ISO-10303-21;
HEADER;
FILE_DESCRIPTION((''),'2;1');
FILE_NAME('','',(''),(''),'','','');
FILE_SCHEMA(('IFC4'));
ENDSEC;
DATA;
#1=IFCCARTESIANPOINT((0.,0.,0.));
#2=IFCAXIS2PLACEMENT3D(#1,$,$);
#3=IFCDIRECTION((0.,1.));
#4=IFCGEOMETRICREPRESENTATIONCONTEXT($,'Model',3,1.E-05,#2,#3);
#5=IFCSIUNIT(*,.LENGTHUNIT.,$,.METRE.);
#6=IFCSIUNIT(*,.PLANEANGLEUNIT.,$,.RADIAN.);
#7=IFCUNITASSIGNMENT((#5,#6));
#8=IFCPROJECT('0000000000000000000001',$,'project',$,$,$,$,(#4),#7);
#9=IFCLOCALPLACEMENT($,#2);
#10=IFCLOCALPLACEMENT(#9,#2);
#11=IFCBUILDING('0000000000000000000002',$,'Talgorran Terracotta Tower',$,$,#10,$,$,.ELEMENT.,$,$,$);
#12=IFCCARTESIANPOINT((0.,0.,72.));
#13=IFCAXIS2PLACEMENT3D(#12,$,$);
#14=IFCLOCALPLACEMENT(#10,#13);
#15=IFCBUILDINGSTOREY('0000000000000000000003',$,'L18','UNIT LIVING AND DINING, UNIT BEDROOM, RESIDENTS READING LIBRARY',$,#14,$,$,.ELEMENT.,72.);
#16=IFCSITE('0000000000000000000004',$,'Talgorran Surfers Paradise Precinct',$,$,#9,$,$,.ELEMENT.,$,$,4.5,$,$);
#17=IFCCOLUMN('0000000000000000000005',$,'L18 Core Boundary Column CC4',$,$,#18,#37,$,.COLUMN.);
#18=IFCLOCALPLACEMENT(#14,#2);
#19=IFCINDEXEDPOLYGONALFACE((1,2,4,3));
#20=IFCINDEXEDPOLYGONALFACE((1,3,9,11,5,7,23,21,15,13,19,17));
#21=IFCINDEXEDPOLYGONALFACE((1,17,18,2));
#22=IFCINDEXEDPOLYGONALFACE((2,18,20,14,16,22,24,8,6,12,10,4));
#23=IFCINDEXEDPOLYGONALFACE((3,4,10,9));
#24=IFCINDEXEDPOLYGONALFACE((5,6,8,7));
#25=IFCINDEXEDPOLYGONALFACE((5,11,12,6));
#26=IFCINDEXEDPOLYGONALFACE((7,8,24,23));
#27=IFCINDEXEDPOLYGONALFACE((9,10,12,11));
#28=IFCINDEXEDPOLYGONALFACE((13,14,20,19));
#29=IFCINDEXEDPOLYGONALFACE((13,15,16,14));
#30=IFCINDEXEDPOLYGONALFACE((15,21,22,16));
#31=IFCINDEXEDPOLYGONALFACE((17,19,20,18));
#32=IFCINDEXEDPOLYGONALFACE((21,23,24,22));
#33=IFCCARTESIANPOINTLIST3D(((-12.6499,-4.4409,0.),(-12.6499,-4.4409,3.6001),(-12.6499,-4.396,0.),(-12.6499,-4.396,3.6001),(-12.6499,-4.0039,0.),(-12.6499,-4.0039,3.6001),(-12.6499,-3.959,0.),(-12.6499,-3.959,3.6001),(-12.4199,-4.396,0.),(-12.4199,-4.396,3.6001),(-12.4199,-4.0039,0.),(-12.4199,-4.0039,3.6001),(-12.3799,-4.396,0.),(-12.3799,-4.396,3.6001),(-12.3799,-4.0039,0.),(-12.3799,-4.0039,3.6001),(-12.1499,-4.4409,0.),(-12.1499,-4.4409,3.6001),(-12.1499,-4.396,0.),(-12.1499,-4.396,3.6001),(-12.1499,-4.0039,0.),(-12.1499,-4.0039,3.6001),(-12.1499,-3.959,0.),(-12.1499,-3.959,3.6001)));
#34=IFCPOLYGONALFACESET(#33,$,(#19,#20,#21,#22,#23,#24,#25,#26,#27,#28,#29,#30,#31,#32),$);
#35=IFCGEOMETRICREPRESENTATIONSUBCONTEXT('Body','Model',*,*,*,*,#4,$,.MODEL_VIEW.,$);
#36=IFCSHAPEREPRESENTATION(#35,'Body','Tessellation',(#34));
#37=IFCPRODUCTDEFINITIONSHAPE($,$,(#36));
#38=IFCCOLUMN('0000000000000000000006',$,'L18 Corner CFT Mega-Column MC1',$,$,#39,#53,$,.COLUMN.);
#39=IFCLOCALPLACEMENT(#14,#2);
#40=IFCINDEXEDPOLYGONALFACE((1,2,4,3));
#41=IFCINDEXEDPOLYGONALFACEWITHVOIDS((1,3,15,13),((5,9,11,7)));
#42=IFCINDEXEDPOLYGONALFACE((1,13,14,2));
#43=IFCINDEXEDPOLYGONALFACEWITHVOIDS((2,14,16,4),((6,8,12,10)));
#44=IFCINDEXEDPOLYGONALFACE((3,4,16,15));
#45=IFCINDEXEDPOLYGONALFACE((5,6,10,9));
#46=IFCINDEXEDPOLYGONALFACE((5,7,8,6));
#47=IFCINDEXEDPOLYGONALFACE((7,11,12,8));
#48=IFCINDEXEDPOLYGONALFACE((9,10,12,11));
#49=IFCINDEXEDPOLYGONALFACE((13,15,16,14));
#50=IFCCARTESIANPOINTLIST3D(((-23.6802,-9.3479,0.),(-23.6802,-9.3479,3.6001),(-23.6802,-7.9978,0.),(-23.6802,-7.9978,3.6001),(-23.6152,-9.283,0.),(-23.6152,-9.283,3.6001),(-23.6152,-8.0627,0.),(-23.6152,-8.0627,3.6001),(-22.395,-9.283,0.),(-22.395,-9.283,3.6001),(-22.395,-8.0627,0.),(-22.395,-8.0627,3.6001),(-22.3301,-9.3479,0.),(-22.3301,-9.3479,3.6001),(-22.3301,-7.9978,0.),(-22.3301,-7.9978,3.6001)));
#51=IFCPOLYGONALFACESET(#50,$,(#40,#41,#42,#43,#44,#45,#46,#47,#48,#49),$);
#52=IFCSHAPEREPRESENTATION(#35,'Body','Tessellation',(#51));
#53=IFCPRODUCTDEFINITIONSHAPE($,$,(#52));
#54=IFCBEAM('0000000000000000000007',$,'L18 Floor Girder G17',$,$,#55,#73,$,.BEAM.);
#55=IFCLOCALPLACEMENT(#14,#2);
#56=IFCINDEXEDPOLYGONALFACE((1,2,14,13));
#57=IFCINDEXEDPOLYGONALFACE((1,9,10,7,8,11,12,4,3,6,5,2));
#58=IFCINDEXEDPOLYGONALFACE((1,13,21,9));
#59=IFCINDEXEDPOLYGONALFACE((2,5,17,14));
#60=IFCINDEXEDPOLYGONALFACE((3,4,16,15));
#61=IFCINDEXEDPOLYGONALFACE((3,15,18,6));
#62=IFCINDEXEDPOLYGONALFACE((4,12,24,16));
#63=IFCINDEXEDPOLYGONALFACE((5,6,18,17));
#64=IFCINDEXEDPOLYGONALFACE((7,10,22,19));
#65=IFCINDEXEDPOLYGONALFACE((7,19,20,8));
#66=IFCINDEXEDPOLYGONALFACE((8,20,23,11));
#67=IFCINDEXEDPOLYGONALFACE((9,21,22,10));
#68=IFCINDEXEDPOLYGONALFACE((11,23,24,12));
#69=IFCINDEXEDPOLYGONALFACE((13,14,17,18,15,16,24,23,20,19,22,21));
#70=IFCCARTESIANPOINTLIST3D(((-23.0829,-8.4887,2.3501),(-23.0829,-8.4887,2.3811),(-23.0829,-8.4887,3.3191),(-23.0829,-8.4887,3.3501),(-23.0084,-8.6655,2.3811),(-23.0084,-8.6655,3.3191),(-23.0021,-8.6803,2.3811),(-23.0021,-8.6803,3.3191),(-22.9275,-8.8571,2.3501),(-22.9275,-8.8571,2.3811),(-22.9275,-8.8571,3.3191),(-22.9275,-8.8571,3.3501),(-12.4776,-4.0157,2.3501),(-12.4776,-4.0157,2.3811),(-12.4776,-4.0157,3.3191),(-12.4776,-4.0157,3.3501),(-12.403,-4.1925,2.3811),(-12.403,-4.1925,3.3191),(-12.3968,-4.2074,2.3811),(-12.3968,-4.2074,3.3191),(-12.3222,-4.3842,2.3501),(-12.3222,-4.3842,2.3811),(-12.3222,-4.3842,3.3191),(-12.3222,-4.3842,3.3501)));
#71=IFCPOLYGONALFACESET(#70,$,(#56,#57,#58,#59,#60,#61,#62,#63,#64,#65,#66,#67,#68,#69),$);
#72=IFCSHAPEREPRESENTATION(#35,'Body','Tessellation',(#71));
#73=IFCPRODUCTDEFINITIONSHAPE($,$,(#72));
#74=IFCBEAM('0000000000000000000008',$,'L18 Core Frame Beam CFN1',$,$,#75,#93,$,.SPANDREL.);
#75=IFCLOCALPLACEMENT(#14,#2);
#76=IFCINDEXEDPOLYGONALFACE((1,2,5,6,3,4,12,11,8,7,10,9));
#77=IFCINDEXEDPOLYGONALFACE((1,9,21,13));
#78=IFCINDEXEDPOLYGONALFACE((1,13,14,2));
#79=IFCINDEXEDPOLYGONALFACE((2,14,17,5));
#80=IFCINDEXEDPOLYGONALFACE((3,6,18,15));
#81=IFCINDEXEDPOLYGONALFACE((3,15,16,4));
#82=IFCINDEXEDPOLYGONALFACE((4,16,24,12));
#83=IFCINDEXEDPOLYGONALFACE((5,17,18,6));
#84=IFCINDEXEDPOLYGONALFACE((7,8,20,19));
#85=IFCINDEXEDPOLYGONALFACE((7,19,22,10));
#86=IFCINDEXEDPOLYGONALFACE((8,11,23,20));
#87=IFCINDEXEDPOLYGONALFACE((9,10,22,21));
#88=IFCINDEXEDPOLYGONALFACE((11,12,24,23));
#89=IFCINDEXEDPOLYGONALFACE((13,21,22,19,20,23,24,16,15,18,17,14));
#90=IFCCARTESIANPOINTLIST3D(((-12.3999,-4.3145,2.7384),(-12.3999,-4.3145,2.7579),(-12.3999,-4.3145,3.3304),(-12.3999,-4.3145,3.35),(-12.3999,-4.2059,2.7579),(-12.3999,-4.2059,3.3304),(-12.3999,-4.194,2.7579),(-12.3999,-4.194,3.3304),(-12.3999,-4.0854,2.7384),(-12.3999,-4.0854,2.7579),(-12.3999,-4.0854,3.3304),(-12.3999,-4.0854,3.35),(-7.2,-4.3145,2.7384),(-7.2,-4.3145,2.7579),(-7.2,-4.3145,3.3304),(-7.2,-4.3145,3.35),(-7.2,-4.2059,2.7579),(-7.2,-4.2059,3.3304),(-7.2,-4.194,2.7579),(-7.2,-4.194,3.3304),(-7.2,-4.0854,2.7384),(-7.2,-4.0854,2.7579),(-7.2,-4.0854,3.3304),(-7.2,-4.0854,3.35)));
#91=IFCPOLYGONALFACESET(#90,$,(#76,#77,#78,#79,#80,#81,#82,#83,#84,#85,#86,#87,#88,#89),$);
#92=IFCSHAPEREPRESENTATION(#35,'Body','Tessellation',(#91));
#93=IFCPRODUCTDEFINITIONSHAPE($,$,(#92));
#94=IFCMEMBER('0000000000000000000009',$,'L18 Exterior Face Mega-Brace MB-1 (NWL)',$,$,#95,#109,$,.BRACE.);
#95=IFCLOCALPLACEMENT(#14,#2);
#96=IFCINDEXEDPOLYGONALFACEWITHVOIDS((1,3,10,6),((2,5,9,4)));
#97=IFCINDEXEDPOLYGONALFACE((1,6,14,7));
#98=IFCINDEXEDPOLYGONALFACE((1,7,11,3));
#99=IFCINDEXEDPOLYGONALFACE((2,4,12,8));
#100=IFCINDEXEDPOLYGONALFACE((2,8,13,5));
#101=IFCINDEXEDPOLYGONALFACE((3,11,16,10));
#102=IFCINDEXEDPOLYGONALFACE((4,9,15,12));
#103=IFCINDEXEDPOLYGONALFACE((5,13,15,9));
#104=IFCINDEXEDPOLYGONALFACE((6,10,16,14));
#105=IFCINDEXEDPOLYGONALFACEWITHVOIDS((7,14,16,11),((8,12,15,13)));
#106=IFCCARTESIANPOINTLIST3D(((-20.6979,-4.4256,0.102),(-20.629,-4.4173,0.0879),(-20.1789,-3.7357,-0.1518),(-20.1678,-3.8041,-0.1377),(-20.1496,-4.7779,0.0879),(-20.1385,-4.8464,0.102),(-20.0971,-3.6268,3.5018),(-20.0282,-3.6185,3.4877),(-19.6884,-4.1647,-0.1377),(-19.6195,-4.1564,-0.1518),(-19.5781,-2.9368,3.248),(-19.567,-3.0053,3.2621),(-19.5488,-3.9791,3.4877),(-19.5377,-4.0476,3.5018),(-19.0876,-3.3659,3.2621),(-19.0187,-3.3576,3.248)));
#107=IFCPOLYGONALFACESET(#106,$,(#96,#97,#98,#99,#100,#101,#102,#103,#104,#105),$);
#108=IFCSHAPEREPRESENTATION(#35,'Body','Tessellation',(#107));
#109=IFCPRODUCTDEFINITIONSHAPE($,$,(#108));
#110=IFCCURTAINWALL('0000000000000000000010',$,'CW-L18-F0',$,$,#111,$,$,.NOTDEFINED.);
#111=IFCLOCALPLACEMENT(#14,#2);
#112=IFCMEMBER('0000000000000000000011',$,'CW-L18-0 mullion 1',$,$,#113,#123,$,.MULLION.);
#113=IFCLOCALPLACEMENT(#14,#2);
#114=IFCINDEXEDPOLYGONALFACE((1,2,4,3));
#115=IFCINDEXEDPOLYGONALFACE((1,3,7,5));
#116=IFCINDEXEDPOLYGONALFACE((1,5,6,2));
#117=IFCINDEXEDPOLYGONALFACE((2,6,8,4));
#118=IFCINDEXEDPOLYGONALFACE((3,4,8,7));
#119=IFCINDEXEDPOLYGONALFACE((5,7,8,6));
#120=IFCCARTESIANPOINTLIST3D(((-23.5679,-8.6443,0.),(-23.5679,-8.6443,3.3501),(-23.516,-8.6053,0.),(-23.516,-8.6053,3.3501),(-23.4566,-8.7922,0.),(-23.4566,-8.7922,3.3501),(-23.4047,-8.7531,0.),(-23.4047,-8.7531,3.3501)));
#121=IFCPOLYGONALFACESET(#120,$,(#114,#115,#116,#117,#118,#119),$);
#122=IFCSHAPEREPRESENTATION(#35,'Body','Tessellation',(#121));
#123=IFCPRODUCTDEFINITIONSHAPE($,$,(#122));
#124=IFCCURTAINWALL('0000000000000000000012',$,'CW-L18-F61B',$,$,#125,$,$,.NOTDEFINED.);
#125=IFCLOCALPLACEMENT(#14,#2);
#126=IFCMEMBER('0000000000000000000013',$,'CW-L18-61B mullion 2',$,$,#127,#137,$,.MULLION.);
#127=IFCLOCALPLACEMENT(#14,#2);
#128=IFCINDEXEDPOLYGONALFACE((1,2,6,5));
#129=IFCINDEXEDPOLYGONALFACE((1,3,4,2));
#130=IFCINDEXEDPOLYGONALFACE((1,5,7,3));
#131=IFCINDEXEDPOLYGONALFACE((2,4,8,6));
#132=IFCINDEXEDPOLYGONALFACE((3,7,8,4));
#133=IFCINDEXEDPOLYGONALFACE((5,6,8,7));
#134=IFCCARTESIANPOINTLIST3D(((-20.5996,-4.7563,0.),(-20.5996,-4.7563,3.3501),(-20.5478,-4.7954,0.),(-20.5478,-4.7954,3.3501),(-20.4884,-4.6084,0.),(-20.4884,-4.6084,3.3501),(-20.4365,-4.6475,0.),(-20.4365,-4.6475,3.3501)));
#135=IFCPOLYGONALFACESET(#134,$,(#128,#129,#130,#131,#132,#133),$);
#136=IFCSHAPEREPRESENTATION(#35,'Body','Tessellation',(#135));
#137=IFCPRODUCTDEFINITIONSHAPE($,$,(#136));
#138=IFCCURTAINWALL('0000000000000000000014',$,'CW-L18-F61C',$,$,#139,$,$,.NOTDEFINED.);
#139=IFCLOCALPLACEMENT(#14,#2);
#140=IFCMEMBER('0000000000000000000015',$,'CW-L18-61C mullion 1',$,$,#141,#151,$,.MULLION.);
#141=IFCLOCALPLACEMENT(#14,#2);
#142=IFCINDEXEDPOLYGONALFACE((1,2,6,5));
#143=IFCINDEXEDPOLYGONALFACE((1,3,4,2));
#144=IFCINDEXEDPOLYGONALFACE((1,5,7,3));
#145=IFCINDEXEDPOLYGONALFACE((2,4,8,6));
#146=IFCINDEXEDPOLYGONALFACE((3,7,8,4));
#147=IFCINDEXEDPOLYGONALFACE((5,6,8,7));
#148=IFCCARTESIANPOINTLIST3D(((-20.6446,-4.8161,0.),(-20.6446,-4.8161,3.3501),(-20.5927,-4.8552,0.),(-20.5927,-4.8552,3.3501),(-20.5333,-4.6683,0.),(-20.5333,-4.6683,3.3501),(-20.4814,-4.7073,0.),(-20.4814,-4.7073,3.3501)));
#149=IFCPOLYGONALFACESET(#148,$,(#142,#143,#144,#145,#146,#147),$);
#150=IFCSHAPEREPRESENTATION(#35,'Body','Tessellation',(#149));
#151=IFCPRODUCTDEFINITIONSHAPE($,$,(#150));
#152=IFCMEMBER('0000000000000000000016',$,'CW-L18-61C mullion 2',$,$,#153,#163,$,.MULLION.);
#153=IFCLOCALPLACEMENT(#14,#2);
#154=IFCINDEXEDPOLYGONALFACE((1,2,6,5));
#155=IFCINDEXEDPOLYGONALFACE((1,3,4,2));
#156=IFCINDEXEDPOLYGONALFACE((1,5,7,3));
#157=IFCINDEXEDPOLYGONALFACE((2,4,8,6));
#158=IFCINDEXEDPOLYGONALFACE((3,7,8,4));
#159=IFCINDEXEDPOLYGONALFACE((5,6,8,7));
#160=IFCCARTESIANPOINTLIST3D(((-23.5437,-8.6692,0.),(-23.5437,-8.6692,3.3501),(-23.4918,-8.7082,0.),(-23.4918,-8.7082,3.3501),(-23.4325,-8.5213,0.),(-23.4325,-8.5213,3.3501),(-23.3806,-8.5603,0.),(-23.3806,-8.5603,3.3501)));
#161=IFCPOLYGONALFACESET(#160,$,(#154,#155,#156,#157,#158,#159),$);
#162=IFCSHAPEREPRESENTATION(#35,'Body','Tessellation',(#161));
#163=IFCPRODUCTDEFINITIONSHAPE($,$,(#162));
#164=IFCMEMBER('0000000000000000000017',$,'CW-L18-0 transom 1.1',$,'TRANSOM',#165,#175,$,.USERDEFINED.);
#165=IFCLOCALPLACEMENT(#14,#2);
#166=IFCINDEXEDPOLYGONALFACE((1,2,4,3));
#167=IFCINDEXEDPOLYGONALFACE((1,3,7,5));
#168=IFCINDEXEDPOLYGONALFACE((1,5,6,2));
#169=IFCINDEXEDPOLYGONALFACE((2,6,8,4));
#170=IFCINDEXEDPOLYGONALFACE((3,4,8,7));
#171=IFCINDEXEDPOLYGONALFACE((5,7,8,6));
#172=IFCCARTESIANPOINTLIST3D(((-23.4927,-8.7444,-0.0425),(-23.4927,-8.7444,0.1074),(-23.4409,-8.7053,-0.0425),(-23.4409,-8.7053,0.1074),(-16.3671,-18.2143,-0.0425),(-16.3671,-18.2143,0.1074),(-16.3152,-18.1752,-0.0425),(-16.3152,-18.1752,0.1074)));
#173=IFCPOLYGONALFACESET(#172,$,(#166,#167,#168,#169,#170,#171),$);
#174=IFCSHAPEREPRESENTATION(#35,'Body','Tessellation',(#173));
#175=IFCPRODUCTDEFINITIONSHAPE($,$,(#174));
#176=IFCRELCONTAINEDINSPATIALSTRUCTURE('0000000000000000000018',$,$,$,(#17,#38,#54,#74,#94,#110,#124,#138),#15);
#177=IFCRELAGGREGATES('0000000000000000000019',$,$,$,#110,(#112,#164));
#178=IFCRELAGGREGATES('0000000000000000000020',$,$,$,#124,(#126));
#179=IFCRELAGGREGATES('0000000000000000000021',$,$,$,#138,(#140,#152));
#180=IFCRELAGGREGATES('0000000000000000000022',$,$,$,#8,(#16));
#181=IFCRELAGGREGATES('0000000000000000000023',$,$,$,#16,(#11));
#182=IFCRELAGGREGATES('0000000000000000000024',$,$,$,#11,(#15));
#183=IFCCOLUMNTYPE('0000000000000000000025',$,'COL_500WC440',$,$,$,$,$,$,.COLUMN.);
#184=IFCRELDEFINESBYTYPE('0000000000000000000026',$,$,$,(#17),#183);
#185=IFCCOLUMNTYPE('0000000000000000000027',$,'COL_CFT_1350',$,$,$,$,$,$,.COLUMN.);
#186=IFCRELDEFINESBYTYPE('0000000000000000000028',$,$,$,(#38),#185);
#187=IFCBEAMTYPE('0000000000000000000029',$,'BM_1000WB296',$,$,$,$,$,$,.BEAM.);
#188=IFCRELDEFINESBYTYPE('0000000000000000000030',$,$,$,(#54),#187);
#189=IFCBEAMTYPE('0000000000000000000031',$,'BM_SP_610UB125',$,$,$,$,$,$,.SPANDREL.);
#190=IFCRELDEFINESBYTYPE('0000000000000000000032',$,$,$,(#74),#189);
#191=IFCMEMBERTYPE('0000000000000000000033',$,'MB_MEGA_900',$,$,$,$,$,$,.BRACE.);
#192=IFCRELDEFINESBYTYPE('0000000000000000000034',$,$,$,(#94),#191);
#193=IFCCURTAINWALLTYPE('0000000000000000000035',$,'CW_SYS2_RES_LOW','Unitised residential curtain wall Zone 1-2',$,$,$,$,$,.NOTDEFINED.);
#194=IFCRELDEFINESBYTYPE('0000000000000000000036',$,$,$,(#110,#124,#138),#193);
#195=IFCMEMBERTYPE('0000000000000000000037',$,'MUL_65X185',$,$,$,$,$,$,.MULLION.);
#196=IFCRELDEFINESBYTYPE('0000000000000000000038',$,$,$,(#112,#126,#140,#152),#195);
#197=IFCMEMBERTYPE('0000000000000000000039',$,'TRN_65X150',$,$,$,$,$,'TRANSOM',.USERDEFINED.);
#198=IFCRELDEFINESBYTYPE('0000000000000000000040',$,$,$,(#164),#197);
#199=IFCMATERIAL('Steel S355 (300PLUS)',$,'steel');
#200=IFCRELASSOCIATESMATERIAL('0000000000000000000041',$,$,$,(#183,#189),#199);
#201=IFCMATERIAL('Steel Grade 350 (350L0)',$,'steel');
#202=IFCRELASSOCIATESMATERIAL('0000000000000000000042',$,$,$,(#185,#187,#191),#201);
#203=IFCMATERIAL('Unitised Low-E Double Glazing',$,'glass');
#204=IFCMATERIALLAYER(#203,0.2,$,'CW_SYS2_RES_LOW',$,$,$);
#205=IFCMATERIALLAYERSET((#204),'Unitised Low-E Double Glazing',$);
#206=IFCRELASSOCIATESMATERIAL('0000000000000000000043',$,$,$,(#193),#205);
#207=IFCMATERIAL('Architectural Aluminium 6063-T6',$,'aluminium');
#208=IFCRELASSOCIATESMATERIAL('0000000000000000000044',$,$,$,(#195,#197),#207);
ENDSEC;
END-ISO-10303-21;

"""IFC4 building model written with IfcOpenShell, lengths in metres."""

from ifc_helpers import new_model, si_unit, direction, frame, origin, origin_2d, place, context, subcontext, project, spatial, rectangle, hollow_rectangle, i_section, extrude, material, layer, layer_set, material_profile, profile_set, type_object, element, aggregate, save


model = new_model("IFC4")

# Units and contexts
model_context = context("Model", 3, precision=1e-05, world=origin(), true_north=direction((0.0, 1.0)))
body_context = subcontext(model_context, "Body", "Model", "MODEL_VIEW")
ifc_project = project(units=[si_unit("LENGTHUNIT", "METRE"), si_unit("PLANEANGLEUNIT", "RADIAN")], contexts=[model_context])

# Site, building, storey
site_placement = place(None, origin())
site = spatial("IfcSite", under=ifc_project, at=site_placement, Name="Talgorran Surfers Paradise Precinct", CompositionType="ELEMENT", RefElevation=4.5)
building_placement = place(site_placement, origin())
building = spatial("IfcBuilding", under=site, at=building_placement, Name="Talgorran Terracotta Tower", CompositionType="ELEMENT")
storey_placement = place(building_placement, frame((0.0, 0.0, 72.0)))
storey = spatial("IfcBuildingStorey", under=building, at=storey_placement, Name="L18", Description="UNIT LIVING AND DINING, UNIT BEDROOM, RESIDENTS READING LIBRARY", CompositionType="ELEMENT", Elevation=72.0)

# Columns
ifc_material_1 = material(Name="Steel S355 (300PLUS)", Category="steel")
ifc_material_profile_1 = material_profile(ifc_material_1, i_section(OverallWidth=0.5, OverallDepth=0.4819, WebThickness=0.04, FlangeThickness=0.0449, at=origin_2d()), Name="500WC440")
ifc_profile_set_1 = profile_set([ifc_material_profile_1], Name="Steel S355 (300PLUS)")
column_type_1 = type_object("IfcColumnType", Name="COL_500WC440", PredefinedType="COLUMN", material=ifc_profile_set_1)
column_1_placement = place(storey_placement, frame((-12.3999, -4.2, 0.0), z_axis=(0.0, 0.0, 1.0), x_axis=(1.0, 0.0, 0.0)))
element("IfcColumn", 1, at=column_1_placement, inside=storey, type_object=column_type_1, Name="L18 Core Boundary Column CC4", PredefinedType="COLUMN", context=body_context, shape_type="SweptSolid", body=[
    extrude(i_section(OverallWidth=0.5, OverallDepth=0.4819, WebThickness=0.04, FlangeThickness=0.0449, at=origin_2d()), origin(), (0.0, 0.0, 1.0), 3.6001),
])
ifc_material_2 = material(Name="Steel Grade 350 (350L0)", Category="steel")
ifc_material_profile_2 = material_profile(ifc_material_2, hollow_rectangle(XDim=1.3501, YDim=1.3501, WallThickness=0.0649, at=origin_2d()), Name="CFT1350X1350X65")
ifc_profile_set_2 = profile_set([ifc_material_profile_2], Name="Steel Grade 350 (350L0)")
column_type_2 = type_object("IfcColumnType", Name="COL_CFT_1350", PredefinedType="COLUMN", material=ifc_profile_set_2)
column_2_placement = place(storey_placement, frame((-23.0051, -8.6729, 0.0), z_axis=(0.0, 0.0, 1.0), x_axis=(1.0, 0.0, 0.0)))
element("IfcColumn", 2, at=column_2_placement, inside=storey, type_object=column_type_2, Name="L18 Corner CFT Mega-Column MC1", PredefinedType="COLUMN", context=body_context, shape_type="SweptSolid", body=[
    extrude(hollow_rectangle(XDim=1.3501, YDim=1.3501, WallThickness=0.0649, at=origin_2d()), origin(), (0.0, 0.0, 1.0), 3.6001),
])

# Beams
ifc_material_profile_3 = material_profile(ifc_material_2, i_section(OverallWidth=0.3999, OverallDepth=1.0, WebThickness=0.0161, FlangeThickness=0.031, at=origin_2d()), Name="1000WB296")
ifc_profile_set_3 = profile_set([ifc_material_profile_3], Name="Steel Grade 350 (350L0)")
beam_type_1 = type_object("IfcBeamType", Name="BM_1000WB296", PredefinedType="BEAM", material=ifc_profile_set_3)
beam_1_placement = place(storey_placement, frame((-12.3999, -4.2, 2.8501), z_axis=(-0.921401, -0.388614, 0.0), x_axis=(0.388614, -0.921401, 0.0)))
element("IfcBeam", 3, at=beam_1_placement, inside=storey, type_object=beam_type_1, Name="L18 Floor Girder G17", PredefinedType="BEAM", context=body_context, shape_type="SweptSolid", body=[
    extrude(i_section(OverallWidth=0.3999, OverallDepth=1.0, WebThickness=0.0161, FlangeThickness=0.031, at=origin_2d()), origin(), (0.0, 0.0, 1.0), 11.51),
])
ifc_material_profile_4 = material_profile(ifc_material_1, i_section(OverallWidth=0.229, OverallDepth=0.6116, WebThickness=0.012, FlangeThickness=0.0195, at=origin_2d()), Name="610UB125")
ifc_profile_set_4 = profile_set([ifc_material_profile_4], Name="Steel S355 (300PLUS)")
beam_type_2 = type_object("IfcBeamType", Name="BM_SP_610UB125", PredefinedType="SPANDREL", material=ifc_profile_set_4)
beam_2_placement = place(storey_placement, frame((-12.3999, -4.2, 3.0442), z_axis=(1.0, 0.0, 0.0), x_axis=(0.0, 1.0, 0.0)))
element("IfcBeam", 4, at=beam_2_placement, inside=storey, type_object=beam_type_2, Name="L18 Core Frame Beam CFN1", PredefinedType="SPANDREL", context=body_context, shape_type="SweptSolid", body=[
    extrude(i_section(OverallWidth=0.229, OverallDepth=0.6116, WebThickness=0.012, FlangeThickness=0.0195, at=origin_2d()), origin(), (0.0, 0.0, 1.0), 5.2),
])

# Member
ifc_material_profile_5 = material_profile(ifc_material_2, hollow_rectangle(XDim=0.7, YDim=0.8999, WallThickness=0.05, at=origin_2d()), Name="WBOX900X700X50")
ifc_profile_set_5 = profile_set([ifc_material_profile_5], Name="Steel Grade 350 (350L0)")
member_type_1 = type_object("IfcMemberType", Name="MB_MEGA_900", PredefinedType="BRACE", material=ifc_profile_set_5)
member_1_placement = place(storey_placement, frame((-20.1587, -4.291, -0.0249), z_axis=(0.169544, 0.225416, 0.959397), x_axis=(-0.799179, 0.601094, 0.0)))
element("IfcMember", 5, at=member_1_placement, inside=storey, type_object=member_type_1, Name="L18 Exterior Face Mega-Brace MB-1 (NWL)", PredefinedType="BRACE", context=body_context, shape_type="SweptSolid", body=[
    extrude(hollow_rectangle(XDim=0.7, YDim=0.8999, WallThickness=0.05, at=origin_2d()), origin(), (0.0, 0.0, 1.0), 3.5437),
])

# Curtain walls, members
ifc_material_3 = material(Name="Unitised Low-E Double Glazing", Category="glass")
ifc_layer_1 = layer(ifc_material_3, 0.2, Name="CW_SYS2_RES_LOW")
ifc_layer_set_1 = layer_set([ifc_layer_1], Name="Unitised Low-E Double Glazing")
curtain_wall_type = type_object("IfcCurtainWallType", Name="CW_SYS2_RES_LOW", Description="Unitised residential curtain wall Zone 1-2", PredefinedType="NOTDEFINED", material=ifc_layer_set_1)
curtain_wall_1_placement = place(storey_placement, origin())
curtain_wall_1 = element("IfcCurtainWall", 6, at=curtain_wall_1_placement, inside=storey, type_object=curtain_wall_type, Name="CW-L18-F0", PredefinedType="NOTDEFINED")
ifc_material_4 = material(Name="Architectural Aluminium 6063-T6", Category="aluminium")
ifc_material_profile_6 = material_profile(ifc_material_4, rectangle(XDim=0.0649, YDim=0.1851, at=origin_2d()), Name="CWM65X185")
ifc_profile_set_6 = profile_set([ifc_material_profile_6], Name="Architectural Aluminium 6063-T6")
member_type_2 = type_object("IfcMemberType", Name="MUL_65X185", PredefinedType="MULLION", material=ifc_profile_set_6)
member_2_placement = place(storey_placement, frame((-23.4863, -8.6987, 0.0), z_axis=(0.0, 0.0, 1.0), x_axis=(0.799067, 0.601243, 0.0)))
member_2 = element("IfcMember", 7, at=member_2_placement, type_object=member_type_2, Name="CW-L18-0 mullion 1", PredefinedType="MULLION", context=body_context, shape_type="SweptSolid", body=[
    extrude(rectangle(XDim=0.0649, YDim=0.1851, at=origin_2d()), origin(), (0.0, 0.0, 1.0), 3.3501),
])
curtain_wall_2_placement = place(storey_placement, origin())
curtain_wall_2 = element("IfcCurtainWall", 8, at=curtain_wall_2_placement, inside=storey, type_object=curtain_wall_type, Name="CW-L18-F61B", PredefinedType="NOTDEFINED")
member_3_placement = place(storey_placement, frame((-20.5181, -4.7019, 0.0), z_axis=(0.0, 0.0, 1.0), x_axis=(0.799063, -0.601248, 0.0)))
member_3 = element("IfcMember", 9, at=member_3_placement, type_object=member_type_2, Name="CW-L18-61B mullion 2", PredefinedType="MULLION", context=body_context, shape_type="SweptSolid", body=[
    extrude(rectangle(XDim=0.0649, YDim=0.1851, at=origin_2d()), origin(), (0.0, 0.0, 1.0), 3.3501),
])

# Curtain wall, members
curtain_wall_3_placement = place(storey_placement, origin())
curtain_wall_3 = element("IfcCurtainWall", 10, at=curtain_wall_3_placement, inside=storey, type_object=curtain_wall_type, Name="CW-L18-F61C", PredefinedType="NOTDEFINED")
member_4_placement = place(storey_placement, frame((-20.563, -4.7617, 0.0), z_axis=(0.0, 0.0, 1.0), x_axis=(0.799061, -0.60125, 0.0)))
member_4 = element("IfcMember", 11, at=member_4_placement, type_object=member_type_2, Name="CW-L18-61C mullion 1", PredefinedType="MULLION", context=body_context, shape_type="SweptSolid", body=[
    extrude(rectangle(XDim=0.0649, YDim=0.1851, at=origin_2d()), origin(), (0.0, 0.0, 1.0), 3.3501),
])
member_5_placement = place(storey_placement, frame((-23.4622, -8.6147, 0.0), z_axis=(0.0, 0.0, 1.0), x_axis=(0.799061, -0.60125, 0.0)))
member_5 = element("IfcMember", 12, at=member_5_placement, type_object=member_type_2, Name="CW-L18-61C mullion 2", PredefinedType="MULLION", context=body_context, shape_type="SweptSolid", body=[
    extrude(rectangle(XDim=0.0649, YDim=0.1851, at=origin_2d()), origin(), (0.0, 0.0, 1.0), 3.3501),
])

# Member
ifc_material_profile_7 = material_profile(ifc_material_4, rectangle(XDim=0.0649, YDim=0.1499, at=origin_2d()), Name="CWT65X150")
ifc_profile_set_7 = profile_set([ifc_material_profile_7], Name="Architectural Aluminium 6063-T6")
member_type_3 = type_object("IfcMemberType", Name="TRN_65X150", ElementType="TRANSOM", PredefinedType="USERDEFINED", material=ifc_profile_set_7)
member_6_placement = place(storey_placement, frame((-23.4668, -8.7249, 0.0325), z_axis=(0.601255, -0.799057, 0.0), x_axis=(0.799057, 0.601255, 0.0)))
member_6 = element("IfcMember", 13, at=member_6_placement, type_object=member_type_3, Name="CW-L18-0 transom 1.1", ObjectType="TRANSOM", PredefinedType="USERDEFINED", context=body_context, shape_type="SweptSolid", body=[
    extrude(rectangle(XDim=0.0649, YDim=0.1499, at=origin_2d()), origin(), (0.0, 0.0, 1.0), 11.8513),
])
aggregate(curtain_wall_1, [member_2, member_6])

aggregate(curtain_wall_2, [member_3])
aggregate(curtain_wall_3, [member_4, member_5])

save(model, "model.ifc")
